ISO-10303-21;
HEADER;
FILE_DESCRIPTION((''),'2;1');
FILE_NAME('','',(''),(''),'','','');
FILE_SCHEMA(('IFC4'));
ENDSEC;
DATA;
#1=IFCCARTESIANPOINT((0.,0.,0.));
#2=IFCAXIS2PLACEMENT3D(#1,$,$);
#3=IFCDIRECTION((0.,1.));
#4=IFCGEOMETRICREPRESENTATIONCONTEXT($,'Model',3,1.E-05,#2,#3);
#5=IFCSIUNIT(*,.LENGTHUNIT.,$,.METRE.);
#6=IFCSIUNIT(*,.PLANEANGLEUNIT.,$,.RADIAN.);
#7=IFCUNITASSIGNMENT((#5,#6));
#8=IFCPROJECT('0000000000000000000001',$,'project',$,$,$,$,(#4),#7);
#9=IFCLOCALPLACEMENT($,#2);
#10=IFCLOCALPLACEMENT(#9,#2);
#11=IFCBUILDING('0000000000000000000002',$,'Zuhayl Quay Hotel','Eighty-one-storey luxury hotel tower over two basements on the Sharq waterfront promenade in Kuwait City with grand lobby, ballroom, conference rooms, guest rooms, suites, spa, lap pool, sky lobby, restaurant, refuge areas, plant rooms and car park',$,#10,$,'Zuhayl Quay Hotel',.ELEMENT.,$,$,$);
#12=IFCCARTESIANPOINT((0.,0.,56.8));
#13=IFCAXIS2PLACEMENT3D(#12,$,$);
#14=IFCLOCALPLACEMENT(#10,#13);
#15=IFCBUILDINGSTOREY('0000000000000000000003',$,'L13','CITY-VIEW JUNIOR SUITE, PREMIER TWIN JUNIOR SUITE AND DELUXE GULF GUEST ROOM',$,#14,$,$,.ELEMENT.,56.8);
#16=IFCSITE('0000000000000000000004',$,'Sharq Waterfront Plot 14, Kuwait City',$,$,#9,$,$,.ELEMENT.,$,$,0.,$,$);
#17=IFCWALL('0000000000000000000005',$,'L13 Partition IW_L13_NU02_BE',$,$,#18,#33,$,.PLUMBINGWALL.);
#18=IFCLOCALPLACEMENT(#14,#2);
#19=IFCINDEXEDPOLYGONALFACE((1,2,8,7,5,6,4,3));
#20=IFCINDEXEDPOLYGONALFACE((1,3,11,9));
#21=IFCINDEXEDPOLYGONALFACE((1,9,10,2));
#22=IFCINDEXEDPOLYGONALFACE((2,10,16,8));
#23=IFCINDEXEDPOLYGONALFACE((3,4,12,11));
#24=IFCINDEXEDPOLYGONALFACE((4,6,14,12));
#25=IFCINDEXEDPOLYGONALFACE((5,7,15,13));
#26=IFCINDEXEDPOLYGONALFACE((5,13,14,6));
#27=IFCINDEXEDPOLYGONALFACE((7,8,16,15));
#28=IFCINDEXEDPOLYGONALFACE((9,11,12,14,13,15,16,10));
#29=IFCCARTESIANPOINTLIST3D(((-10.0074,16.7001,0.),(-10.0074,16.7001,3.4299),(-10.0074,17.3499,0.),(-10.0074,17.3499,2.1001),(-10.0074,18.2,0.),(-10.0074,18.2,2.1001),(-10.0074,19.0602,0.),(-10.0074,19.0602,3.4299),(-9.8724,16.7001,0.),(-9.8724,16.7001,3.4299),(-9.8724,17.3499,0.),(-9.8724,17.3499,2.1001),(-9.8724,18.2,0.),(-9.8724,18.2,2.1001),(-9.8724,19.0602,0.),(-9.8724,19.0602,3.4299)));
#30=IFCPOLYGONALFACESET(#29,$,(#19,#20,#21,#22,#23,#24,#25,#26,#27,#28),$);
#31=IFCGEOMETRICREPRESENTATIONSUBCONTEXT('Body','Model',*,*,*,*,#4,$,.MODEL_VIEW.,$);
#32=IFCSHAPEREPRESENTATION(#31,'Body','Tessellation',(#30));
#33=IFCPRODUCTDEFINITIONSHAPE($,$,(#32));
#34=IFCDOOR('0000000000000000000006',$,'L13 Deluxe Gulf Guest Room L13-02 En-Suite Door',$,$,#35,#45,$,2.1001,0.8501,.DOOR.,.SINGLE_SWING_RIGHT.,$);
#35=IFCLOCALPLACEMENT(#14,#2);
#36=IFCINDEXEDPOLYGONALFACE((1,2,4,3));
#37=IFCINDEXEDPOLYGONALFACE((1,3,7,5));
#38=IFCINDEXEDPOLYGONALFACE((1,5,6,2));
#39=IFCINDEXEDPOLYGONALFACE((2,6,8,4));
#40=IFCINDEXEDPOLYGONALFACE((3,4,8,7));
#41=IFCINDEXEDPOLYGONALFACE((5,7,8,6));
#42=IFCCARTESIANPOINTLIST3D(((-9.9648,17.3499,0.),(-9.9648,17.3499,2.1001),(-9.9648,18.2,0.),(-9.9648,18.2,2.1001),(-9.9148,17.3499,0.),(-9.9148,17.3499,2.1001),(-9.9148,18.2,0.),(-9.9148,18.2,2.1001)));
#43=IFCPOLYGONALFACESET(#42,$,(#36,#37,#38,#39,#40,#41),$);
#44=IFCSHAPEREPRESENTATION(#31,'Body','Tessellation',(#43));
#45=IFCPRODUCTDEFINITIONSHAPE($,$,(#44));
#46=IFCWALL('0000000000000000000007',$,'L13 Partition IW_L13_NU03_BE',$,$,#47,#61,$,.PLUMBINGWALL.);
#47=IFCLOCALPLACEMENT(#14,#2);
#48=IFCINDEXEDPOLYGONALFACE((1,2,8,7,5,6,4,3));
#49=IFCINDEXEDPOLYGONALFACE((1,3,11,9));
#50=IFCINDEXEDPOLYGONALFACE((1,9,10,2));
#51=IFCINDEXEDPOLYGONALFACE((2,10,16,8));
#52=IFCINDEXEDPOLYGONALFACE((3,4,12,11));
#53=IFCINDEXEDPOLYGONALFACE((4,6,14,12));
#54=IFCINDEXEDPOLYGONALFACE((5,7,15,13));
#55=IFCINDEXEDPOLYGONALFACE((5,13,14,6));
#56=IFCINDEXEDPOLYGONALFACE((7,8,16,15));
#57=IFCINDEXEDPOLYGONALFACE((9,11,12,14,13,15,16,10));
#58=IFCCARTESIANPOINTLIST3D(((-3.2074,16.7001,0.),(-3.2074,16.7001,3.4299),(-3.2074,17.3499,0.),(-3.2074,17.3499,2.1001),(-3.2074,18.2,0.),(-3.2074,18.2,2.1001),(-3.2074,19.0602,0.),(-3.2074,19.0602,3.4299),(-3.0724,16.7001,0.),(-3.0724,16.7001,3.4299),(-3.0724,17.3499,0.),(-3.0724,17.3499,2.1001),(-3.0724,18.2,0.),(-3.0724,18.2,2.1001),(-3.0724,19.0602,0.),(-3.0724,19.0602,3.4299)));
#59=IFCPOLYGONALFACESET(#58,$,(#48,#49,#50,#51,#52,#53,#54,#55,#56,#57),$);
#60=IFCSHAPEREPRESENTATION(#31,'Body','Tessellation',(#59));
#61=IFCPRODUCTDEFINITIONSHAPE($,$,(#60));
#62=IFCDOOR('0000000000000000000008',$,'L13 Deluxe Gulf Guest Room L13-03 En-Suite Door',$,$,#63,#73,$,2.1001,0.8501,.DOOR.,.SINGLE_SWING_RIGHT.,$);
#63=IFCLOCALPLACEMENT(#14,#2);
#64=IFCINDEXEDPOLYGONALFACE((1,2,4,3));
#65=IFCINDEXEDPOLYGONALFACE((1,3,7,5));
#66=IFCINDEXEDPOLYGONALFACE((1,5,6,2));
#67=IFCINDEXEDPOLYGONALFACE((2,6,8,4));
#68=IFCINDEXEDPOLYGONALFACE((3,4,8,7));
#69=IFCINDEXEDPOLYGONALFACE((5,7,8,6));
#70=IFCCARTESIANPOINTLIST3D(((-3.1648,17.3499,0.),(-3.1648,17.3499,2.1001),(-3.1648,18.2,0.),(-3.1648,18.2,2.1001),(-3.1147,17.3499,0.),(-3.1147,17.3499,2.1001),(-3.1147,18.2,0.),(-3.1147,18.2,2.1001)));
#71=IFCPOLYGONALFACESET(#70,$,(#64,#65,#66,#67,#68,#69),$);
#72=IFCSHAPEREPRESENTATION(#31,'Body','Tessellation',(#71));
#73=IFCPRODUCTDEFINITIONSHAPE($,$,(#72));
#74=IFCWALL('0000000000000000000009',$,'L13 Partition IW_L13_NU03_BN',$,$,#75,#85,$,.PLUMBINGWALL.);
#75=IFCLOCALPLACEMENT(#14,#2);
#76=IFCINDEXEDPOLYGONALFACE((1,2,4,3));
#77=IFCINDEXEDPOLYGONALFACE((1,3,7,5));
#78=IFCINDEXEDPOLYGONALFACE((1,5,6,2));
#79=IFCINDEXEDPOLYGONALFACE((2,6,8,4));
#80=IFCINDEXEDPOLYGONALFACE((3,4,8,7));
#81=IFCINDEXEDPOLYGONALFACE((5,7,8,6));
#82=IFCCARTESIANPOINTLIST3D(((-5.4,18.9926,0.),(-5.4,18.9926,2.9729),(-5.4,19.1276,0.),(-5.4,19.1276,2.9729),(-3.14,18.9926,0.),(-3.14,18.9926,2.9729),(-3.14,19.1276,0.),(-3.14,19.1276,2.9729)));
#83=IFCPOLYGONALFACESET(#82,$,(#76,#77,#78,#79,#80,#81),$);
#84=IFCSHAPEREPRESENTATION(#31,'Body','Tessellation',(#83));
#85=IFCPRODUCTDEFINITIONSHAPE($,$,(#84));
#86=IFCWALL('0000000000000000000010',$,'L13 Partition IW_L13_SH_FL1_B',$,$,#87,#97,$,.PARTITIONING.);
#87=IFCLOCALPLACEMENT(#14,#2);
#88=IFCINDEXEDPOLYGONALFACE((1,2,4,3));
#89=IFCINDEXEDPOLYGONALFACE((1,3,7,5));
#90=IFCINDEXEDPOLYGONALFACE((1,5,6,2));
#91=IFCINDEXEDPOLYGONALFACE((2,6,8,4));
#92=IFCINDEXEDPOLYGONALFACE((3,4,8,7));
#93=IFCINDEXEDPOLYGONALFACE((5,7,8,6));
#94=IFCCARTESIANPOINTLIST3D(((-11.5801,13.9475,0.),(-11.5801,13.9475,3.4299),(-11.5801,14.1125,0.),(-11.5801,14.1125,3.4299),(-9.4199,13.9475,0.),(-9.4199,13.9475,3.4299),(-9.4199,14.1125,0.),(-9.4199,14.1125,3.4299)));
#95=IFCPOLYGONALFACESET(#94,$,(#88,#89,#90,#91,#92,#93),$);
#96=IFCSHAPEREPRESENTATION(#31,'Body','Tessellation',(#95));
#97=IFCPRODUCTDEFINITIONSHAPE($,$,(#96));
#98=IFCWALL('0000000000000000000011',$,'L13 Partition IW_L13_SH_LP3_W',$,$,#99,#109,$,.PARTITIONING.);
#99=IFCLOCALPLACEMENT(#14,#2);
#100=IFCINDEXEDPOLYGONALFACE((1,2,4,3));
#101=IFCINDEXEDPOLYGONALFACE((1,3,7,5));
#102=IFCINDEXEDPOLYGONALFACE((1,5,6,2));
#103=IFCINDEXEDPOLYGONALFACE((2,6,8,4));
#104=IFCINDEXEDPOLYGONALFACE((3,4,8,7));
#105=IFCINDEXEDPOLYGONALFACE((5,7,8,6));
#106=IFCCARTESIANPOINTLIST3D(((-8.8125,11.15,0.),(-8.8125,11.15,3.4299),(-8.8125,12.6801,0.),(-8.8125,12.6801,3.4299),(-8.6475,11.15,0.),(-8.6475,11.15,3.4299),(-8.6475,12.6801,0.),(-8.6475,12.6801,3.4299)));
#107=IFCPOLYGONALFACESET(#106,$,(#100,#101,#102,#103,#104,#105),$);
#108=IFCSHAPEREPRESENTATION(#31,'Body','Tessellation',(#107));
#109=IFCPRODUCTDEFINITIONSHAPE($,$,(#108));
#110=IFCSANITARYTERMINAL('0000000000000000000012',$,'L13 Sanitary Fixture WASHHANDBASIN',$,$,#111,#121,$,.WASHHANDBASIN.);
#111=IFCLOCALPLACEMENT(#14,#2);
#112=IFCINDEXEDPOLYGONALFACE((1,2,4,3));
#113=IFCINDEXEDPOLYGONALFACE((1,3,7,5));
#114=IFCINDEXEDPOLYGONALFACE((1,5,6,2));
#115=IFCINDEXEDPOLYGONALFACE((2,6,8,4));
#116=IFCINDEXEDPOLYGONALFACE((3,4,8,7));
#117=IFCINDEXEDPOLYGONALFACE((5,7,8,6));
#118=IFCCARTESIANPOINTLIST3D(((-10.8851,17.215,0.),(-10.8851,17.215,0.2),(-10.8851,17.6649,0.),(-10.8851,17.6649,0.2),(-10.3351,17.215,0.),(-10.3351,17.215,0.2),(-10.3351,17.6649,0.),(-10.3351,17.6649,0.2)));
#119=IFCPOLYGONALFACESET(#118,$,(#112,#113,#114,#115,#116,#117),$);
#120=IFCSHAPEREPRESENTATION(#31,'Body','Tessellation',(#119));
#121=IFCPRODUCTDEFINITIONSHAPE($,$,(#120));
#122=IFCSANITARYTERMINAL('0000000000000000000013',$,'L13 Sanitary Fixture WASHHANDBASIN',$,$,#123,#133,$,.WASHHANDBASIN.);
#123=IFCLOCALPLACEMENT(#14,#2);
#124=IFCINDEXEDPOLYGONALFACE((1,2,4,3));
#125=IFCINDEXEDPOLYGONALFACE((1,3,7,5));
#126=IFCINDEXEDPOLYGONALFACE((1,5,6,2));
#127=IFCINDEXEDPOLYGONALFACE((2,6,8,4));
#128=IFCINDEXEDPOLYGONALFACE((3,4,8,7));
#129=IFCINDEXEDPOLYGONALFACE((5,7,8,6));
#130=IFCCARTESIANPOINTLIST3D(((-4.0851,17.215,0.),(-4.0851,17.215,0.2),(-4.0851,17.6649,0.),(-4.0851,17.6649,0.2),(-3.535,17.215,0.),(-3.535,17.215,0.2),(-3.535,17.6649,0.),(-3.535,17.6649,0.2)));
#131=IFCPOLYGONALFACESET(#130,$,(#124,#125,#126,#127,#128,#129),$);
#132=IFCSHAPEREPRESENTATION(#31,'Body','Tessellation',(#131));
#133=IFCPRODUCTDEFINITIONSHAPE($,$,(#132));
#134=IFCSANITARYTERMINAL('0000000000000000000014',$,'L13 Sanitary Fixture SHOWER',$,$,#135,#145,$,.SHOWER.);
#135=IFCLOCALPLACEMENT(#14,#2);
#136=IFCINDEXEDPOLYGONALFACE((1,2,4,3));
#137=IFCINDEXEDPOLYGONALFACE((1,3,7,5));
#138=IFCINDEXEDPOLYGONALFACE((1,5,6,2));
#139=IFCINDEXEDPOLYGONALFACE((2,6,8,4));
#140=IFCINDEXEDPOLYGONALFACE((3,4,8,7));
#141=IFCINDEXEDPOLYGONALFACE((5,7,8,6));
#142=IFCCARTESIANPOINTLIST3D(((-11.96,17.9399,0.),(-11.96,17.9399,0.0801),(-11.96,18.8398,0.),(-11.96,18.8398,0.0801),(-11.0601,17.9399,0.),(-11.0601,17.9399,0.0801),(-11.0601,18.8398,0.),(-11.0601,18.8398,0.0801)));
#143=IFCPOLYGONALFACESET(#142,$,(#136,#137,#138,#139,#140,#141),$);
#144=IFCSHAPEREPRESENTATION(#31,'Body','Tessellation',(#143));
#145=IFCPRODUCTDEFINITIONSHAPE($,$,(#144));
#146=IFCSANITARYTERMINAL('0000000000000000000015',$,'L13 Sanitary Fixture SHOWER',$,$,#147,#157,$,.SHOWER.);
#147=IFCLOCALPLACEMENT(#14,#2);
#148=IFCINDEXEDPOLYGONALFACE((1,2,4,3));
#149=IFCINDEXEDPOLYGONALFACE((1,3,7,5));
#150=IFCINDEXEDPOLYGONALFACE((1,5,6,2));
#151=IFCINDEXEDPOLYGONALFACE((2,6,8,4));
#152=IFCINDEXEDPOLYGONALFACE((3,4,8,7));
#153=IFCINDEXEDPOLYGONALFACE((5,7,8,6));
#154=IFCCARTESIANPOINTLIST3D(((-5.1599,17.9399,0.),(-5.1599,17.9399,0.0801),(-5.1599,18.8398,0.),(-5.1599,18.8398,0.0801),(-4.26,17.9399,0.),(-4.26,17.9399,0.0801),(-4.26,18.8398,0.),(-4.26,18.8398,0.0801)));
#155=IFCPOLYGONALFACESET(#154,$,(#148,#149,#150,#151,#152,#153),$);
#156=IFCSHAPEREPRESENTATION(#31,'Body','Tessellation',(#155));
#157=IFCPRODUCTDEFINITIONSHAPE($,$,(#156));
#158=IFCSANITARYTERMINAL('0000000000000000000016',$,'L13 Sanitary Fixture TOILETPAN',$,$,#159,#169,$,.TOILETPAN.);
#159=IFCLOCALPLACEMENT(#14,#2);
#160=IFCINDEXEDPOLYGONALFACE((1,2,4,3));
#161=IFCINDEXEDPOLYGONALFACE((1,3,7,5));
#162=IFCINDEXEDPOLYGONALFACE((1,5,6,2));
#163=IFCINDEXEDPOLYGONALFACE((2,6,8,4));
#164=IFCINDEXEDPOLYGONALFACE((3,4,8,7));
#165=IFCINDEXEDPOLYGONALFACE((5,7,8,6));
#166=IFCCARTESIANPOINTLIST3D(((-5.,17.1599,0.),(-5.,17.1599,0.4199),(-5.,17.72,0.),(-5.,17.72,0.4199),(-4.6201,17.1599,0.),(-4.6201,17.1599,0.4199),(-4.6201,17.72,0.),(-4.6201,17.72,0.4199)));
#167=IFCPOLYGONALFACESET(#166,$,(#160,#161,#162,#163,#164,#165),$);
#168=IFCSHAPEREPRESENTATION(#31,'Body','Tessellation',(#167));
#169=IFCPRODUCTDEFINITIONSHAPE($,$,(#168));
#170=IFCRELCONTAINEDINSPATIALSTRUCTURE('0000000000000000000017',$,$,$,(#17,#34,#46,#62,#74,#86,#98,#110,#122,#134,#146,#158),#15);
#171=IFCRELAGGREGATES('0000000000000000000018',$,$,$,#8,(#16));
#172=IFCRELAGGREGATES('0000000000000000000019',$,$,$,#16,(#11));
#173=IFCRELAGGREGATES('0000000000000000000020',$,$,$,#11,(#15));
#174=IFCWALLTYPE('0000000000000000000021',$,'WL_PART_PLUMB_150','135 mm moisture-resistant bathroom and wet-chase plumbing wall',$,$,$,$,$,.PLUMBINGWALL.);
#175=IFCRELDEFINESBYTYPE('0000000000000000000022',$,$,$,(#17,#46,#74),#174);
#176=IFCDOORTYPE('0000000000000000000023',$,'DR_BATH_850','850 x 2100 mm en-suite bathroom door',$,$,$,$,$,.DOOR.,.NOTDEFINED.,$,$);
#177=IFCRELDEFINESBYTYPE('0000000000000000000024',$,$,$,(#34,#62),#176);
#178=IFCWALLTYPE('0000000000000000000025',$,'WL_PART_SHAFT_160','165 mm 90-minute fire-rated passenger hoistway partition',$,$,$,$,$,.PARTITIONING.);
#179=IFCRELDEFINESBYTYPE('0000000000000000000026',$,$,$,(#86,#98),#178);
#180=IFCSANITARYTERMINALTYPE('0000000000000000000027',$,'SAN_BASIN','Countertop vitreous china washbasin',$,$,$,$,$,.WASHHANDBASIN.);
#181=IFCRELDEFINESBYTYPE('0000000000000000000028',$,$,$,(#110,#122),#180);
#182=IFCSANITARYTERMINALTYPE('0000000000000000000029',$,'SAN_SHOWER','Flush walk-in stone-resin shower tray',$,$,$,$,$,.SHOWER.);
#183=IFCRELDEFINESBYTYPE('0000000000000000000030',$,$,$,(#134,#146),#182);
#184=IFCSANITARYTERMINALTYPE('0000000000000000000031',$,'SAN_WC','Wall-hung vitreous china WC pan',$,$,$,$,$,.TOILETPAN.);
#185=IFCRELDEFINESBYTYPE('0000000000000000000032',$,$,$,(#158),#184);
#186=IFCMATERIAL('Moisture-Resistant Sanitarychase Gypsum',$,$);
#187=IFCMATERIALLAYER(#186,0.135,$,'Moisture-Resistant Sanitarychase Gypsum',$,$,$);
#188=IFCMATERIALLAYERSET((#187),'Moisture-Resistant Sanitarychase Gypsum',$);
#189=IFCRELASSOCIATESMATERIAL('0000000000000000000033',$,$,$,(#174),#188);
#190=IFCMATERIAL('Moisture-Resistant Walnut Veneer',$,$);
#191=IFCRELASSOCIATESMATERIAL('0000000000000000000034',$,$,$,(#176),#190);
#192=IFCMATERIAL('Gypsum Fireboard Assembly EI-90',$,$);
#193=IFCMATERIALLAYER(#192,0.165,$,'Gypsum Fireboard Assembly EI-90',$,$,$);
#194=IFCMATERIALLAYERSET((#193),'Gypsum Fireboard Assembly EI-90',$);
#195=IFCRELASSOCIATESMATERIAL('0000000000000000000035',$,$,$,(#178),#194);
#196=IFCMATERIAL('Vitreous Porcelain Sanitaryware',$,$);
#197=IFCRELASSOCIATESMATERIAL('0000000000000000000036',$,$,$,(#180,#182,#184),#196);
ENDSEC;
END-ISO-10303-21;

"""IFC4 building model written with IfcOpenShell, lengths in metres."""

from ifc_helpers import new_model, si_unit, direction, frame, frame_2d, origin, origin_2d, place, context, subcontext, project, spatial, rectangle, extrude, material, layer, layer_set, type_object, element, fill, save


model = new_model("IFC4")

# Units and contexts
model_context = context("Model", 3, precision=1e-05, world=origin(), true_north=direction((0.0, 1.0)))
body_context = subcontext(model_context, "Body", "Model", "MODEL_VIEW")
ifc_project = project(units=[si_unit("LENGTHUNIT", "METRE"), si_unit("PLANEANGLEUNIT", "RADIAN")], contexts=[model_context])

# Site, building, storey
site_placement = place(None, origin())
site = spatial("IfcSite", under=ifc_project, at=site_placement, Name="Sharq Waterfront Plot 14, Kuwait City", CompositionType="ELEMENT", RefElevation=0.0)
building_placement = place(site_placement, origin())
building = spatial("IfcBuilding", under=site, at=building_placement, Name="Zuhayl Quay Hotel", Description="Eighty-one-storey luxury hotel tower over two basements on the Sharq waterfront promenade in Kuwait City with grand lobby, ballroom, conference rooms, guest rooms, suites, spa, lap pool, sky lobby, restaurant, refuge areas, plant rooms and car park", LongName="Zuhayl Quay Hotel", CompositionType="ELEMENT")
storey_placement = place(building_placement, frame((0.0, 0.0, 56.8)))
storey = spatial("IfcBuildingStorey", under=building, at=storey_placement, Name="L13", Description="CITY-VIEW JUNIOR SUITE, PREMIER TWIN JUNIOR SUITE AND DELUXE GULF GUEST ROOM", CompositionType="ELEMENT", Elevation=56.8)

# Walls, openings, doors
ifc_material_1 = material(Name="Moisture-Resistant Sanitarychase Gypsum")
ifc_layer_1 = layer(ifc_material_1, 0.135, Name="Moisture-Resistant Sanitarychase Gypsum")
ifc_layer_set_1 = layer_set([ifc_layer_1], Name="Moisture-Resistant Sanitarychase Gypsum")
wall_type_1 = type_object("IfcWallType", Name="WL_PART_PLUMB_150", Description="135 mm moisture-resistant bathroom and wet-chase plumbing wall", PredefinedType="PLUMBINGWALL", material=ifc_layer_set_1)
wall_1_placement = place(storey_placement, frame((-9.9399, 16.7, 0.0), z_axis=(0.0, 0.0, 1.0), x_axis=(0.0, 1.0, 0.0)))
wall_1 = element("IfcWall", 1, at=wall_1_placement, inside=storey, type_object=wall_type_1, Name="L13 Partition IW_L13_NU02_BE", PredefinedType="PLUMBINGWALL", context=body_context, shape_type="SweptSolid", body=[
    extrude(rectangle(XDim=2.3601, YDim=0.135, at=frame_2d((1.1802, 0.0))), origin(), (0.0, 0.0, 1.0), 3.4299),
])
opening_1_placement = place(wall_1_placement, frame((0.6499, 0.0, 0.0)))
opening_1 = element("IfcOpeningElement", 2, at=opening_1_placement, cuts=wall_1, PredefinedType="OPENING", context=body_context, shape_type="SweptSolid", body=[
    extrude(rectangle(XDim=0.8501, YDim=2.1001, at=frame_2d((0.425, 1.05))), frame((0.0, 0.0774, 0.0), z_axis=(0.0, -1.0, 0.0), x_axis=(1.0, 0.0, 0.0)), (0.0, 0.0, 1.0), 0.155),
])
ifc_material_2 = material(Name="Moisture-Resistant Walnut Veneer")
door_type_1 = type_object("IfcDoorType", Name="DR_BATH_850", Description="850 x 2100 mm en-suite bathroom door", OperationType="NOTDEFINED", PredefinedType="DOOR", material=ifc_material_2)
door_1_placement = place(opening_1_placement, origin())
door_1 = element("IfcDoor", 3, at=door_1_placement, inside=storey, type_object=door_type_1, Name="L13 Deluxe Gulf Guest Room L13-02 En-Suite Door", OperationType="SINGLE_SWING_RIGHT", OverallHeight=2.1001, OverallWidth=0.8501, PredefinedType="DOOR", context=body_context, shape_type="SweptSolid", body=[
    extrude(rectangle(XDim=0.8501, YDim=2.1001, at=frame_2d((0.425, 1.05))), frame((0.0, 0.0249, 0.0), z_axis=(0.0, -1.0, 0.0), x_axis=(1.0, 0.0, 0.0)), (0.0, 0.0, 1.0), 0.05),
])
fill(opening_1, door_1)
wall_2_placement = place(storey_placement, frame((-3.1399, 16.7, 0.0), z_axis=(0.0, 0.0, 1.0), x_axis=(0.0, 1.0, 0.0)))
wall_2 = element("IfcWall", 4, at=wall_2_placement, inside=storey, type_object=wall_type_1, Name="L13 Partition IW_L13_NU03_BE", PredefinedType="PLUMBINGWALL", context=body_context, shape_type="SweptSolid", body=[
    extrude(rectangle(XDim=2.3601, YDim=0.135, at=frame_2d((1.1802, 0.0))), origin(), (0.0, 0.0, 1.0), 3.4299),
])
opening_2_placement = place(wall_2_placement, frame((0.6499, 0.0, 0.0)))
opening_2 = element("IfcOpeningElement", 5, at=opening_2_placement, cuts=wall_2, PredefinedType="OPENING", context=body_context, shape_type="SweptSolid", body=[
    extrude(rectangle(XDim=0.8501, YDim=2.1001, at=frame_2d((0.425, 1.05))), frame((0.0, 0.0774, 0.0), z_axis=(0.0, -1.0, 0.0), x_axis=(1.0, 0.0, 0.0)), (0.0, 0.0, 1.0), 0.155),
])
door_2_placement = place(opening_2_placement, origin())
door_2 = element("IfcDoor", 6, at=door_2_placement, inside=storey, type_object=door_type_1, Name="L13 Deluxe Gulf Guest Room L13-03 En-Suite Door", OperationType="SINGLE_SWING_RIGHT", OverallHeight=2.1001, OverallWidth=0.8501, PredefinedType="DOOR", context=body_context, shape_type="SweptSolid", body=[
    extrude(rectangle(XDim=0.8501, YDim=2.1001, at=frame_2d((0.425, 1.05))), frame((0.0, 0.0249, 0.0), z_axis=(0.0, -1.0, 0.0), x_axis=(1.0, 0.0, 0.0)), (0.0, 0.0, 1.0), 0.05),
])
fill(opening_2, door_2)

# Walls
wall_3_placement = place(storey_placement, frame((-5.3999, 19.0601, 0.0), z_axis=(0.0, 0.0, 1.0), x_axis=(1.0, 0.0, 0.0)))
element("IfcWall", 7, at=wall_3_placement, inside=storey, type_object=wall_type_1, Name="L13 Partition IW_L13_NU03_BN", PredefinedType="PLUMBINGWALL", context=body_context, shape_type="SweptSolid", body=[
    extrude(rectangle(XDim=2.26, YDim=0.135, at=frame_2d((1.1299, 0.0))), origin(), (0.0, 0.0, 1.0), 2.9729),
])
ifc_material_3 = material(Name="Gypsum Fireboard Assembly EI-90")
ifc_layer_2 = layer(ifc_material_3, 0.165, Name="Gypsum Fireboard Assembly EI-90")
ifc_layer_set_2 = layer_set([ifc_layer_2], Name="Gypsum Fireboard Assembly EI-90")
wall_type_2 = type_object("IfcWallType", Name="WL_PART_SHAFT_160", Description="165 mm 90-minute fire-rated passenger hoistway partition", PredefinedType="PARTITIONING", material=ifc_layer_set_2)
wall_4_placement = place(storey_placement, frame((-11.5801, 14.03, 0.0), z_axis=(0.0, 0.0, 1.0), x_axis=(1.0, 0.0, 0.0)))
element("IfcWall", 8, at=wall_4_placement, inside=storey, type_object=wall_type_2, Name="L13 Partition IW_L13_SH_FL1_B", PredefinedType="PARTITIONING", context=body_context, shape_type="SweptSolid", body=[
    extrude(rectangle(XDim=2.1602, YDim=0.165, at=frame_2d((1.0801, 0.0))), origin(), (0.0, 0.0, 1.0), 3.4299),
])
wall_5_placement = place(storey_placement, frame((-8.73, 11.1499, 0.0), z_axis=(0.0, 0.0, 1.0), x_axis=(0.0, 1.0, 0.0)))
element("IfcWall", 9, at=wall_5_placement, inside=storey, type_object=wall_type_2, Name="L13 Partition IW_L13_SH_LP3_W", PredefinedType="PARTITIONING", context=body_context, shape_type="SweptSolid", body=[
    extrude(rectangle(XDim=1.53, YDim=0.165, at=frame_2d((0.7651, 0.0))), origin(), (0.0, 0.0, 1.0), 3.4299),
])

# Sanitary terminals
ifc_material_4 = material(Name="Vitreous Porcelain Sanitaryware")
sanitary_terminal_type_1 = type_object("IfcSanitaryTerminalType", Name="SAN_BASIN", Description="Countertop vitreous china washbasin", PredefinedType="WASHHANDBASIN", material=ifc_material_4)
for number, where, z_axis, x_axis, name in (
    (10, (-10.6101, 17.4399, 0.0), (0.0, 0.0, 1.0), (1.0, 0.0, 0.0), "L13 Sanitary Fixture WASHHANDBASIN"),
    (11, (-3.8101, 17.4399, 0.0), (0.0, 0.0, 1.0), (1.0, 0.0, 0.0), "L13 Sanitary Fixture WASHHANDBASIN"),
):
    element("IfcSanitaryTerminal", number, at=place(storey_placement, frame(where, z_axis=z_axis, x_axis=x_axis)), inside=storey, type_object=sanitary_terminal_type_1, Name=name, PredefinedType="WASHHANDBASIN", context=body_context, shape_type="SweptSolid", body=[
        extrude(rectangle(XDim=0.55, YDim=0.45, at=origin_2d()), origin(), (0.0, 0.0, 1.0), 0.2),
    ])
sanitary_terminal_type_2 = type_object("IfcSanitaryTerminalType", Name="SAN_SHOWER", Description="Flush walk-in stone-resin shower tray", PredefinedType="SHOWER", material=ifc_material_4)
for number, where, z_axis, x_axis, name in (
    (12, (-11.51, 18.3899, 0.0), (0.0, 0.0, 1.0), (1.0, 0.0, 0.0), "L13 Sanitary Fixture SHOWER"),
    (13, (-4.71, 18.3899, 0.0), (0.0, 0.0, 1.0), (1.0, 0.0, 0.0), "L13 Sanitary Fixture SHOWER"),
):
    element("IfcSanitaryTerminal", number, at=place(storey_placement, frame(where, z_axis=z_axis, x_axis=x_axis)), inside=storey, type_object=sanitary_terminal_type_2, Name=name, PredefinedType="SHOWER", context=body_context, shape_type="SweptSolid", body=[
        extrude(rectangle(XDim=0.8999, YDim=0.8999, at=origin_2d()), origin(), (0.0, 0.0, 1.0), 0.0801),
    ])
sanitary_terminal_type_3 = type_object("IfcSanitaryTerminalType", Name="SAN_WC", Description="Wall-hung vitreous china WC pan", PredefinedType="TOILETPAN", material=ifc_material_4)
sanitary_terminal_placement = place(storey_placement, frame((-4.8101, 17.4399, 0.0), z_axis=(0.0, 0.0, 1.0), x_axis=(1.0, 0.0, 0.0)))
element("IfcSanitaryTerminal", 14, at=sanitary_terminal_placement, inside=storey, type_object=sanitary_terminal_type_3, Name="L13 Sanitary Fixture TOILETPAN", PredefinedType="TOILETPAN", context=body_context, shape_type="SweptSolid", body=[
    extrude(rectangle(XDim=0.3799, YDim=0.5601, at=origin_2d()), origin(), (0.0, 0.0, 1.0), 0.4199),
])

save(model, "model.ifc")
